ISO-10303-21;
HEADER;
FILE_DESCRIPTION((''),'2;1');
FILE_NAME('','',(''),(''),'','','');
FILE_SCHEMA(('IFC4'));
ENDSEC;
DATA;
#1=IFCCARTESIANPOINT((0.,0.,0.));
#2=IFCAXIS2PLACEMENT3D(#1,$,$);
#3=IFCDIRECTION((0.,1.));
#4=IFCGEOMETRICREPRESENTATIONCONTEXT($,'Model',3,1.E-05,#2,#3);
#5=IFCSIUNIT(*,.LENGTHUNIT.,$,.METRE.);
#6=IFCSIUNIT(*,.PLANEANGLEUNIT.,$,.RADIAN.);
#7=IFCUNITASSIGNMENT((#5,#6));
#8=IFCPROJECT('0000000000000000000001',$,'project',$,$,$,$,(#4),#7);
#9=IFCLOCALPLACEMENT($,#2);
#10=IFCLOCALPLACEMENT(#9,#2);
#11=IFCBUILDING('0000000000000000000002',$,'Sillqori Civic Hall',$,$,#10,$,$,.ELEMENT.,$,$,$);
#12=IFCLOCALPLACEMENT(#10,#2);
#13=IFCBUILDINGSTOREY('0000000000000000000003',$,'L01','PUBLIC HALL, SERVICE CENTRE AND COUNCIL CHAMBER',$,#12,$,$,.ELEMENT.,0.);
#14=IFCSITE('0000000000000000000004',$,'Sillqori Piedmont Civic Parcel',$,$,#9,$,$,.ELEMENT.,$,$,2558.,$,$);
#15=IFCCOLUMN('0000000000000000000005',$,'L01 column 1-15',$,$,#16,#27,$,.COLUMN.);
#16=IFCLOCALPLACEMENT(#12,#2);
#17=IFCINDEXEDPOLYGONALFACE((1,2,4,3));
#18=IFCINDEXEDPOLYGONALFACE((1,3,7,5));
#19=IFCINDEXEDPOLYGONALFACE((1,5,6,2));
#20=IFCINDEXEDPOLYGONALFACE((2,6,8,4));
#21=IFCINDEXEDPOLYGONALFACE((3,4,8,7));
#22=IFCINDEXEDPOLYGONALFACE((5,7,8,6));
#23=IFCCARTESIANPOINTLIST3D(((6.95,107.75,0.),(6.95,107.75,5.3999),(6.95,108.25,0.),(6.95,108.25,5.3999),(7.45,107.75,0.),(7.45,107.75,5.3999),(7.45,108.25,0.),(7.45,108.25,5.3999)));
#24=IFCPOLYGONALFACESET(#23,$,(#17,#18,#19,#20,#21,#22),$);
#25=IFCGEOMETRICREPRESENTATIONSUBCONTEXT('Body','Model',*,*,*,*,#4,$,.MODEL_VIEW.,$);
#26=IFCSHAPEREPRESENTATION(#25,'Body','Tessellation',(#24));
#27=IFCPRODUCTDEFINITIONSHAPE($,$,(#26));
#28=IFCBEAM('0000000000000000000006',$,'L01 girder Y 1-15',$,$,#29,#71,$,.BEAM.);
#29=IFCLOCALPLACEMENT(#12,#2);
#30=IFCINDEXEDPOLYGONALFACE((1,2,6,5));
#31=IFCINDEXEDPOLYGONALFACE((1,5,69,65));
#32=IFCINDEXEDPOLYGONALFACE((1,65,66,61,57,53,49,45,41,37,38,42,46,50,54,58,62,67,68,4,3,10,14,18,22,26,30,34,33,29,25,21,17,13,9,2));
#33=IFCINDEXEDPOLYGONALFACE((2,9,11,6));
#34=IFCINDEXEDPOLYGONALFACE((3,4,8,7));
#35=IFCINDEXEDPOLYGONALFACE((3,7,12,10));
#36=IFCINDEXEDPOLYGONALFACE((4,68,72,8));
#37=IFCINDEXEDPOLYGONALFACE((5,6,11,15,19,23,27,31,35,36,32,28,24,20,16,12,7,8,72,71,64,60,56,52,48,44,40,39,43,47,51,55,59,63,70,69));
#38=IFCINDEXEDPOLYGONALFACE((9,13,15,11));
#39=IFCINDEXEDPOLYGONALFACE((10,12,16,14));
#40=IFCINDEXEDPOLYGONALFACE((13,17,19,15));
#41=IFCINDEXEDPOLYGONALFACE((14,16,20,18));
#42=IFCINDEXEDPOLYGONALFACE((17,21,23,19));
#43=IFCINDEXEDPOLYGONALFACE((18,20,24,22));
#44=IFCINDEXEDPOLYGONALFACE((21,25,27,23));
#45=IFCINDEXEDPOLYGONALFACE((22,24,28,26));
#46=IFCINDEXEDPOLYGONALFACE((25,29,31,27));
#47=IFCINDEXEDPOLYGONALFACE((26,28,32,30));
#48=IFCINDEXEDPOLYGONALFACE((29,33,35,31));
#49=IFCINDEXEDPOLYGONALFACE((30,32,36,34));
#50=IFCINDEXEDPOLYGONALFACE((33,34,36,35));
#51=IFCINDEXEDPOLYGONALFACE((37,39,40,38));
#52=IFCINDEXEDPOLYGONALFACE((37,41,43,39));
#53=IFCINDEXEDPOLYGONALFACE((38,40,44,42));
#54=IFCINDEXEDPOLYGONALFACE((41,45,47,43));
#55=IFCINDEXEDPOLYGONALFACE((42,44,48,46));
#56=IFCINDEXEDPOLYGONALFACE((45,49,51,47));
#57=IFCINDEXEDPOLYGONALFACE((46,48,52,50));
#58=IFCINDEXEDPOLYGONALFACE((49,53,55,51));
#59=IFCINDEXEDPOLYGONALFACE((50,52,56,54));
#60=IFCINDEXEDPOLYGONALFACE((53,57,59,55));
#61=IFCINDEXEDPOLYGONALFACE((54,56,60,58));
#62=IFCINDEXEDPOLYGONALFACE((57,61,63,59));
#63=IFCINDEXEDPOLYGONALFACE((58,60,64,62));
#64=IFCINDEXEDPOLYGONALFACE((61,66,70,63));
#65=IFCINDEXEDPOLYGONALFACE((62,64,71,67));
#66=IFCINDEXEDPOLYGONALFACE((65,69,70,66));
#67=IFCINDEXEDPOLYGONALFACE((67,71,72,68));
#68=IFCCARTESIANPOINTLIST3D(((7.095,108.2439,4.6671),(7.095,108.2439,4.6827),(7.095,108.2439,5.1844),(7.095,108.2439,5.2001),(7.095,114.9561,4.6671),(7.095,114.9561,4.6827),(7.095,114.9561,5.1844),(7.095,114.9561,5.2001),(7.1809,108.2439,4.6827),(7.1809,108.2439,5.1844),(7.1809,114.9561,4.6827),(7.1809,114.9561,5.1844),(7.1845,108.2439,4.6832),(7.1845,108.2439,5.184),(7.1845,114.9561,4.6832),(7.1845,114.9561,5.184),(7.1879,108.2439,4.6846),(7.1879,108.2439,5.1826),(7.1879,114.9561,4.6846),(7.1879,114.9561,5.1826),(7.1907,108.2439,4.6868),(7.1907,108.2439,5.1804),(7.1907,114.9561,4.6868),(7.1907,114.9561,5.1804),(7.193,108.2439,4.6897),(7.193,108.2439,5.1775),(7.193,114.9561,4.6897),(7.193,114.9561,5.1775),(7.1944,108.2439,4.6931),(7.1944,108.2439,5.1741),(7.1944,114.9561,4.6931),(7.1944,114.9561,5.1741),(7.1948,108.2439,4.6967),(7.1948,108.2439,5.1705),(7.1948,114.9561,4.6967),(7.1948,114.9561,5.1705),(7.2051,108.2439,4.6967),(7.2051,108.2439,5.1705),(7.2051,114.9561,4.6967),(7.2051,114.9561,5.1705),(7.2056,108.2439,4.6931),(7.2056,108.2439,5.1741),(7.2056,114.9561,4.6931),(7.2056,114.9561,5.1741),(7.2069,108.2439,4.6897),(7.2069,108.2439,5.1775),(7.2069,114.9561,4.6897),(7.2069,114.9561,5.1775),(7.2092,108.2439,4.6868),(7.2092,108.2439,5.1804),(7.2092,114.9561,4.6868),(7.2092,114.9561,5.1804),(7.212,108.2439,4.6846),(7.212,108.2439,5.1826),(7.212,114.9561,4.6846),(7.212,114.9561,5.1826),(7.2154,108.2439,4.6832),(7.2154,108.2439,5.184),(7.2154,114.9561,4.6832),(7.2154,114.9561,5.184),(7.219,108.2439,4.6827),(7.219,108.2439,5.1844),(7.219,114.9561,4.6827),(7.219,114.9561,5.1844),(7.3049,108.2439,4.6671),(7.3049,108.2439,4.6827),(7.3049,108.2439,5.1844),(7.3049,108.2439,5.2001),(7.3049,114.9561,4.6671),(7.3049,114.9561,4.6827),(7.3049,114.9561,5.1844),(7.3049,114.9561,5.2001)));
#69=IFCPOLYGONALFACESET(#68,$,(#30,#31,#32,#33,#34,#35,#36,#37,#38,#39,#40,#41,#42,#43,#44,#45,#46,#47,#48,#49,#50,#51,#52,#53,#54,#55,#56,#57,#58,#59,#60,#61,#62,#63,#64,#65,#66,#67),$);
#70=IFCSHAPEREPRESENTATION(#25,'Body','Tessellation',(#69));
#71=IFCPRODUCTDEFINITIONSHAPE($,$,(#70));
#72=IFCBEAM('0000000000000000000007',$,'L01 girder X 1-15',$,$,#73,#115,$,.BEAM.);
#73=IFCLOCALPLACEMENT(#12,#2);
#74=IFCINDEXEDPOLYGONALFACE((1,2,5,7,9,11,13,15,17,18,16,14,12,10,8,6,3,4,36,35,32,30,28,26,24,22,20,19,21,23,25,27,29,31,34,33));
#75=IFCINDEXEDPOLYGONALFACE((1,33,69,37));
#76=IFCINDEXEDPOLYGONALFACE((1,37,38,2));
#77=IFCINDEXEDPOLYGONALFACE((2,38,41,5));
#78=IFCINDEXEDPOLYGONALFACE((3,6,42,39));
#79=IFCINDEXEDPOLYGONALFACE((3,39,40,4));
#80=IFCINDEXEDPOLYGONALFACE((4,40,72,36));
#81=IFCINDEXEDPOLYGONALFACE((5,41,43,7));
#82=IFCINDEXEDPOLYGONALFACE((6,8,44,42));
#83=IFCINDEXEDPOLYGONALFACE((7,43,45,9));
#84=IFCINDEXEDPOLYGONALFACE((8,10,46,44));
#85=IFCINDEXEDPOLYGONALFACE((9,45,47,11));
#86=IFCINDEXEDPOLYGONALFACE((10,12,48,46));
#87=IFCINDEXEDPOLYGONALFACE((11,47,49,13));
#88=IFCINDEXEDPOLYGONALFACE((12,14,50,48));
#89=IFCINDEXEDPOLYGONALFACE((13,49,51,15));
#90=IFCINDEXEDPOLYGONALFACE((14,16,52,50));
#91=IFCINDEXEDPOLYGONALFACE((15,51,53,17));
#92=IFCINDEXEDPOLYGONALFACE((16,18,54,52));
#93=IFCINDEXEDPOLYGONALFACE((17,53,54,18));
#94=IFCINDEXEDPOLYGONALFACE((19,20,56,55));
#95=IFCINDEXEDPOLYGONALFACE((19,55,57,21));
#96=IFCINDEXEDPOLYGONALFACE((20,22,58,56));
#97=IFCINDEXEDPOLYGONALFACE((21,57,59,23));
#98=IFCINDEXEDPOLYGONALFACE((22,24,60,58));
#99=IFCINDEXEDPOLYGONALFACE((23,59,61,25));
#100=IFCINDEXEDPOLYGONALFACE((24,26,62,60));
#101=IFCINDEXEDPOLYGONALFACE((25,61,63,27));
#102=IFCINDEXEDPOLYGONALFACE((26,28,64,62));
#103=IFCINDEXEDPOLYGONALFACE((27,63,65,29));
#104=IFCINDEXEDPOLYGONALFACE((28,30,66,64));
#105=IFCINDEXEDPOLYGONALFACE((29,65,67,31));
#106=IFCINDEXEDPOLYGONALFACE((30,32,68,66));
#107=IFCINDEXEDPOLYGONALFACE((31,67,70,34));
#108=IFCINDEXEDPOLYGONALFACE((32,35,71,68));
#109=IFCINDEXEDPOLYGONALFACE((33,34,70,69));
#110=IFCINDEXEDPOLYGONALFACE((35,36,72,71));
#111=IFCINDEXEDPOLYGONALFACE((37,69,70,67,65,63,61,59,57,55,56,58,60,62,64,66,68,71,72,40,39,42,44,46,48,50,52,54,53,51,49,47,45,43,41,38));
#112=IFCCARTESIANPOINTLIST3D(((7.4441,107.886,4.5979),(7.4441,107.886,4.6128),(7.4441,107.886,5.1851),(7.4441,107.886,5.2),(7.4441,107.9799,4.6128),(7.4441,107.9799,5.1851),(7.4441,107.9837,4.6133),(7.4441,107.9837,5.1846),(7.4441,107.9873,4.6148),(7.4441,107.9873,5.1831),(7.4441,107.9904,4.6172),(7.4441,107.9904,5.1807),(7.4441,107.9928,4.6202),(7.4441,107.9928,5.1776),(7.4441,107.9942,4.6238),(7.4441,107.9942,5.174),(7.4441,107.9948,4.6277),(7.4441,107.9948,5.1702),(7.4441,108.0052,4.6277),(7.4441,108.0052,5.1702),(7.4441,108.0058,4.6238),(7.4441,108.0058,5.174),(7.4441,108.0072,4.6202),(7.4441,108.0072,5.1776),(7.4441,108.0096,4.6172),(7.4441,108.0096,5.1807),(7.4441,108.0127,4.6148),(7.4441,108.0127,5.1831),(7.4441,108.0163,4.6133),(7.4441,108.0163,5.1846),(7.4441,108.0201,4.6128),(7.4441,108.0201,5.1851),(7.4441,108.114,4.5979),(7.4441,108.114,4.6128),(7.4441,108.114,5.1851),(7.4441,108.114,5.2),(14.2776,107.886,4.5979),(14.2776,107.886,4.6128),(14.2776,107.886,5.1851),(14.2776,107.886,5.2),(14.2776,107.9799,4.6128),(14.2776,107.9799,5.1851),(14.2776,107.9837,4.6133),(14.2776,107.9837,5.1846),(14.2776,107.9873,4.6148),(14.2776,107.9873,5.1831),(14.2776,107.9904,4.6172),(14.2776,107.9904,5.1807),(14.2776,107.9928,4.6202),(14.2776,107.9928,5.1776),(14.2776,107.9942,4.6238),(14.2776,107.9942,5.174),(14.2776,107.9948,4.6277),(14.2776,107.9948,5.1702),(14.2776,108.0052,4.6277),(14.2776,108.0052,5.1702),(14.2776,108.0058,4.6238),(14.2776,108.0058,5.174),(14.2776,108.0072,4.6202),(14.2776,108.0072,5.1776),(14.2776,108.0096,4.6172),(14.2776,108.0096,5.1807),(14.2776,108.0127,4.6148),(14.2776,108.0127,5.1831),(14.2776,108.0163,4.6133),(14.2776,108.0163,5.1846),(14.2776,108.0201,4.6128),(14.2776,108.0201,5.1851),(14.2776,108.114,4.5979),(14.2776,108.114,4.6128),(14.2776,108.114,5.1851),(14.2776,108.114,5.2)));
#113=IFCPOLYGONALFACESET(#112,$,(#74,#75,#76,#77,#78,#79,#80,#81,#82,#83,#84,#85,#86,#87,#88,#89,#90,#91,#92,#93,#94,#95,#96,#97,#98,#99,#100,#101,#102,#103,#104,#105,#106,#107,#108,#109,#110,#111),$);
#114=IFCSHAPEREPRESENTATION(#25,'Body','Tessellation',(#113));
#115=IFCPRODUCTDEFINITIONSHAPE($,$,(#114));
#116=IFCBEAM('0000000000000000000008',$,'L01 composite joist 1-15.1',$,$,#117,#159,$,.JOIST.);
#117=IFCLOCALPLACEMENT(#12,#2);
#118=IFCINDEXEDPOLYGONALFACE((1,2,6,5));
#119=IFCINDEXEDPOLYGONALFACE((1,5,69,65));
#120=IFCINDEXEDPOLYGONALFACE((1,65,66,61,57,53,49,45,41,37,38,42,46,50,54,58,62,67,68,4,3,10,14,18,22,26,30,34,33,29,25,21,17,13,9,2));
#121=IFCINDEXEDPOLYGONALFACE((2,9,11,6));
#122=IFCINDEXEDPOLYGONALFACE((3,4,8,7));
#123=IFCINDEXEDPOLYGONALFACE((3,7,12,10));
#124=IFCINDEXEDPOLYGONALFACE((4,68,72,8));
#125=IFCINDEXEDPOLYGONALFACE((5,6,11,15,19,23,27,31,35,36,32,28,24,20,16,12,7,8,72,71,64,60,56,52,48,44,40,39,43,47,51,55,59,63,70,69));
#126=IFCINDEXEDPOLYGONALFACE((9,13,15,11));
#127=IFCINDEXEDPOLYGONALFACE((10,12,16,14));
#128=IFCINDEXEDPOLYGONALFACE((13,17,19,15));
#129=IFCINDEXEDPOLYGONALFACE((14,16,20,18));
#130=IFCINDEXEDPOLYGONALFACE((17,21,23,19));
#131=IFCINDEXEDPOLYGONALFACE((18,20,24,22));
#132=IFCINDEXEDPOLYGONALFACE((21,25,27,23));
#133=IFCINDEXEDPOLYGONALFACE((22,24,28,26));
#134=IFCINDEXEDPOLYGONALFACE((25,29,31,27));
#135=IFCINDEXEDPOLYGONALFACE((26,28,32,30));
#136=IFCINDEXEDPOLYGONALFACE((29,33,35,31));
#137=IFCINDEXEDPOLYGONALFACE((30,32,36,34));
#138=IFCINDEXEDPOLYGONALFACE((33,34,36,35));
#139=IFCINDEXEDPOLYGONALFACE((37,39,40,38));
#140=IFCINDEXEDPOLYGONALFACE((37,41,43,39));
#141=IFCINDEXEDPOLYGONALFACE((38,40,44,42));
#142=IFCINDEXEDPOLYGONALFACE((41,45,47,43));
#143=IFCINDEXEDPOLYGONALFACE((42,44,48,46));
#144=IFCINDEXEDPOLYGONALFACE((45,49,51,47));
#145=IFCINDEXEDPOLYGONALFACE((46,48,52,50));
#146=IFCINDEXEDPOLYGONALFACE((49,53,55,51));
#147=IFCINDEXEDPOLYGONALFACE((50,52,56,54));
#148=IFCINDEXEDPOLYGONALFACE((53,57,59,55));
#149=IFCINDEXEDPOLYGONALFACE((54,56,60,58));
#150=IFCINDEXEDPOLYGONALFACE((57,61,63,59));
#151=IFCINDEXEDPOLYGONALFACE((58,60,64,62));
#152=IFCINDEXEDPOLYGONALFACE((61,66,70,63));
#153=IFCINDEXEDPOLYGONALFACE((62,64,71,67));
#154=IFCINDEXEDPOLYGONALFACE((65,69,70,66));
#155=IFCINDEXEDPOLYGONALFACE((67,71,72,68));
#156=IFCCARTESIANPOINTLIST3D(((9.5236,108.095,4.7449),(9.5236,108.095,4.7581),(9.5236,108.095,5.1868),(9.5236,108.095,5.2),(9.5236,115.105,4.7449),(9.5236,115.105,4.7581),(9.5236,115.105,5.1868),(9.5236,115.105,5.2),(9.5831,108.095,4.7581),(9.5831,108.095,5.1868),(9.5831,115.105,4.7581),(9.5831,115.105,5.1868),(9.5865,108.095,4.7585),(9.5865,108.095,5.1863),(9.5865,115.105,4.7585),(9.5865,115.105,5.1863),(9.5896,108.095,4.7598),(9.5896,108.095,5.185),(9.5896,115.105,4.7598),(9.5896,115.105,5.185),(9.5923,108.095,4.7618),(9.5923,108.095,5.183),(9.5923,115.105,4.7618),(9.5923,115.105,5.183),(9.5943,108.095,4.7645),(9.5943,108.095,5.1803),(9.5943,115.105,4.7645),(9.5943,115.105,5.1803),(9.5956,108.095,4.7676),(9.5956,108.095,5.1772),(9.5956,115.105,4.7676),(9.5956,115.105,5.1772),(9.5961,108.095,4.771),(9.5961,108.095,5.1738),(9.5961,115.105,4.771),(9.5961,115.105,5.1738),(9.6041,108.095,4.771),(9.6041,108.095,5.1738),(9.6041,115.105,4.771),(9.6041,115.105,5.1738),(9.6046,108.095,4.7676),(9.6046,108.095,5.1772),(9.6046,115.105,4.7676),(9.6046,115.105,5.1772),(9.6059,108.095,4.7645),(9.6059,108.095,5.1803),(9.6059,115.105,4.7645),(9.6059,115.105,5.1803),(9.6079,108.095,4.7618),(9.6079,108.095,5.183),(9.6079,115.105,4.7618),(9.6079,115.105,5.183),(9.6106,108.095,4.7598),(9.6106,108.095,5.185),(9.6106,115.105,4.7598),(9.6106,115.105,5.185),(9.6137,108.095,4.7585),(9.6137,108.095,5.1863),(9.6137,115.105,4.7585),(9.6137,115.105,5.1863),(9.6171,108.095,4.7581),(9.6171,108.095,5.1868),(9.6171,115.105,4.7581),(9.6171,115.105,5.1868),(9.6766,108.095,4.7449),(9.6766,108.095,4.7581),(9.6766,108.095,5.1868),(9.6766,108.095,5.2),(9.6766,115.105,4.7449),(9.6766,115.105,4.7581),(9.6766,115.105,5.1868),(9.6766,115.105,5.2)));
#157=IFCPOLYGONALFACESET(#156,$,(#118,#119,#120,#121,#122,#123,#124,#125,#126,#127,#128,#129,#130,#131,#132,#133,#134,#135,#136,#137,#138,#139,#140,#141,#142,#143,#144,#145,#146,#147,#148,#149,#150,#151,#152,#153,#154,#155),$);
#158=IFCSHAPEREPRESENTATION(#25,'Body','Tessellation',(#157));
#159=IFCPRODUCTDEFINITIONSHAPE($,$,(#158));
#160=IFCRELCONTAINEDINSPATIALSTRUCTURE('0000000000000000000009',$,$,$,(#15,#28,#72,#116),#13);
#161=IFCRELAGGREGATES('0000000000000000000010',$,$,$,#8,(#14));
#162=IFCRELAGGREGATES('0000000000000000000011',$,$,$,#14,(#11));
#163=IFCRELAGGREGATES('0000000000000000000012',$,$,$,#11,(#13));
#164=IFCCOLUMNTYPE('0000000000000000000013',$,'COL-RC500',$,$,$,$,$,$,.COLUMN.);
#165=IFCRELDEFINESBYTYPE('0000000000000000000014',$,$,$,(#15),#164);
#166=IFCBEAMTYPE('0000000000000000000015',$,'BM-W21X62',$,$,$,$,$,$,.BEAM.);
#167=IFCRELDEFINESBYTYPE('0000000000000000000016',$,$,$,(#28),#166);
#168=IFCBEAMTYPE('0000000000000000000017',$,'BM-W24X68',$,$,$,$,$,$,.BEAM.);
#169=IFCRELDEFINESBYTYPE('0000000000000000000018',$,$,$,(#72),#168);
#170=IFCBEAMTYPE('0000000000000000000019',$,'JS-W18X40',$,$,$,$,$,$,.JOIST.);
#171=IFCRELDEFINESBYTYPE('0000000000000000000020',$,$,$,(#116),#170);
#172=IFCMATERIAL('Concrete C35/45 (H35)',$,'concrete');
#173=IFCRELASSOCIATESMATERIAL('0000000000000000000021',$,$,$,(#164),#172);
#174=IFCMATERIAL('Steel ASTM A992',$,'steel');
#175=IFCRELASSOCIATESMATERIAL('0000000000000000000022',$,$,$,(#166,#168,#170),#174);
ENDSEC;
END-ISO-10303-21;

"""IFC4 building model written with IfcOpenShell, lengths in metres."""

from ifc_helpers import new_model, si_unit, direction, frame, origin, origin_2d, place, context, subcontext, project, spatial, rectangle, i_section, extrude, material, material_profile, profile_set, type_object, element, save


model = new_model("IFC4")

# Units and contexts
model_context = context("Model", 3, precision=1e-05, world=origin(), true_north=direction((0.0, 1.0)))
body_context = subcontext(model_context, "Body", "Model", "MODEL_VIEW")
ifc_project = project(units=[si_unit("LENGTHUNIT", "METRE"), si_unit("PLANEANGLEUNIT", "RADIAN")], contexts=[model_context])

# Site, building, storey
site_placement = place(None, origin())
site = spatial("IfcSite", under=ifc_project, at=site_placement, Name="Sillqori Piedmont Civic Parcel", CompositionType="ELEMENT", RefElevation=2558.0)
building_placement = place(site_placement, origin())
building = spatial("IfcBuilding", under=site, at=building_placement, Name="Sillqori Civic Hall", CompositionType="ELEMENT")
storey_placement = place(building_placement, origin())
storey = spatial("IfcBuildingStorey", under=building, at=storey_placement, Name="L01", Description="PUBLIC HALL, SERVICE CENTRE AND COUNCIL CHAMBER", CompositionType="ELEMENT", Elevation=0.0)

# Column
ifc_material_1 = material(Name="Concrete C35/45 (H35)", Category="concrete")
ifc_material_profile_1 = material_profile(ifc_material_1, rectangle(XDim=0.5, YDim=0.5, at=origin_2d()), Name="RC 500x500")
ifc_profile_set_1 = profile_set([ifc_material_profile_1], Name="Concrete C35/45 (H35)")
column_type = type_object("IfcColumnType", Name="COL-RC500", PredefinedType="COLUMN", material=ifc_profile_set_1)
column_placement = place(storey_placement, frame((7.2, 108.0, 0.0), z_axis=(0.0, 0.0, 1.0), x_axis=(1.0, 0.0, 0.0)))
element("IfcColumn", 1, at=column_placement, inside=storey, type_object=column_type, Name="L01 column 1-15", PredefinedType="COLUMN", context=body_context, shape_type="SweptSolid", body=[
    extrude(rectangle(XDim=0.5, YDim=0.5, at=origin_2d()), origin(), (0.0, 0.0, 1.0), 5.3999),
])

# Beams
ifc_material_2 = material(Name="Steel ASTM A992", Category="steel")
ifc_material_profile_2 = material_profile(ifc_material_2, i_section(OverallWidth=0.21, OverallDepth=0.533, WebThickness=0.0103, FlangeThickness=0.0156, FilletRadius=0.0139, at=origin_2d()), Name="W21X62")
ifc_profile_set_2 = profile_set([ifc_material_profile_2], Name="Steel ASTM A992")
beam_type_1 = type_object("IfcBeamType", Name="BM-W21X62", PredefinedType="BEAM", material=ifc_profile_set_2)
beam_1_placement = place(storey_placement, frame((7.2, 108.2439, 4.9336), z_axis=(0.0, 1.0, 0.0), x_axis=(-1.0, 0.0, 0.0)))
element("IfcBeam", 2, at=beam_1_placement, inside=storey, type_object=beam_type_1, Name="L01 girder Y 1-15", PredefinedType="BEAM", context=body_context, shape_type="SweptSolid", body=[
    extrude(i_section(OverallWidth=0.21, OverallDepth=0.533, WebThickness=0.0103, FlangeThickness=0.0156, FilletRadius=0.0139, at=origin_2d()), origin(), (0.0, 0.0, 1.0), 6.7122),
])
ifc_material_profile_3 = material_profile(ifc_material_2, i_section(OverallWidth=0.228, OverallDepth=0.6021, WebThickness=0.0105, FlangeThickness=0.0149, FilletRadius=0.0149, at=origin_2d()), Name="W24X68")
ifc_profile_set_3 = profile_set([ifc_material_profile_3], Name="Steel ASTM A992")
beam_type_2 = type_object("IfcBeamType", Name="BM-W24X68", PredefinedType="BEAM", material=ifc_profile_set_3)
beam_2_placement = place(storey_placement, frame((7.4441, 108.0, 4.8989), z_axis=(1.0, 0.0, 0.0), x_axis=(0.0, 1.0, 0.0)))
element("IfcBeam", 3, at=beam_2_placement, inside=storey, type_object=beam_type_2, Name="L01 girder X 1-15", PredefinedType="BEAM", context=body_context, shape_type="SweptSolid", body=[
    extrude(i_section(OverallWidth=0.228, OverallDepth=0.6021, WebThickness=0.0105, FlangeThickness=0.0149, FilletRadius=0.0149, at=origin_2d()), origin(), (0.0, 0.0, 1.0), 6.8335),
])
ifc_material_profile_4 = material_profile(ifc_material_2, i_section(OverallWidth=0.1531, OverallDepth=0.4551, WebThickness=0.0081, FlangeThickness=0.0132, FilletRadius=0.0129, at=origin_2d()), Name="W18X40")
ifc_profile_set_4 = profile_set([ifc_material_profile_4], Name="Steel ASTM A992")
beam_type_3 = type_object("IfcBeamType", Name="JS-W18X40", PredefinedType="JOIST", material=ifc_profile_set_4)
beam_3_placement = place(storey_placement, frame((9.6001, 108.095, 4.9724), z_axis=(0.0, 1.0, 0.0), x_axis=(-1.0, 0.0, 0.0)))
element("IfcBeam", 4, at=beam_3_placement, inside=storey, type_object=beam_type_3, Name="L01 composite joist 1-15.1", PredefinedType="JOIST", context=body_context, shape_type="SweptSolid", body=[
    extrude(i_section(OverallWidth=0.1531, OverallDepth=0.4551, WebThickness=0.0081, FlangeThickness=0.0132, FilletRadius=0.0129, at=origin_2d()), origin(), (0.0, 0.0, 1.0), 7.01),
])

save(model, "model.ifc")
